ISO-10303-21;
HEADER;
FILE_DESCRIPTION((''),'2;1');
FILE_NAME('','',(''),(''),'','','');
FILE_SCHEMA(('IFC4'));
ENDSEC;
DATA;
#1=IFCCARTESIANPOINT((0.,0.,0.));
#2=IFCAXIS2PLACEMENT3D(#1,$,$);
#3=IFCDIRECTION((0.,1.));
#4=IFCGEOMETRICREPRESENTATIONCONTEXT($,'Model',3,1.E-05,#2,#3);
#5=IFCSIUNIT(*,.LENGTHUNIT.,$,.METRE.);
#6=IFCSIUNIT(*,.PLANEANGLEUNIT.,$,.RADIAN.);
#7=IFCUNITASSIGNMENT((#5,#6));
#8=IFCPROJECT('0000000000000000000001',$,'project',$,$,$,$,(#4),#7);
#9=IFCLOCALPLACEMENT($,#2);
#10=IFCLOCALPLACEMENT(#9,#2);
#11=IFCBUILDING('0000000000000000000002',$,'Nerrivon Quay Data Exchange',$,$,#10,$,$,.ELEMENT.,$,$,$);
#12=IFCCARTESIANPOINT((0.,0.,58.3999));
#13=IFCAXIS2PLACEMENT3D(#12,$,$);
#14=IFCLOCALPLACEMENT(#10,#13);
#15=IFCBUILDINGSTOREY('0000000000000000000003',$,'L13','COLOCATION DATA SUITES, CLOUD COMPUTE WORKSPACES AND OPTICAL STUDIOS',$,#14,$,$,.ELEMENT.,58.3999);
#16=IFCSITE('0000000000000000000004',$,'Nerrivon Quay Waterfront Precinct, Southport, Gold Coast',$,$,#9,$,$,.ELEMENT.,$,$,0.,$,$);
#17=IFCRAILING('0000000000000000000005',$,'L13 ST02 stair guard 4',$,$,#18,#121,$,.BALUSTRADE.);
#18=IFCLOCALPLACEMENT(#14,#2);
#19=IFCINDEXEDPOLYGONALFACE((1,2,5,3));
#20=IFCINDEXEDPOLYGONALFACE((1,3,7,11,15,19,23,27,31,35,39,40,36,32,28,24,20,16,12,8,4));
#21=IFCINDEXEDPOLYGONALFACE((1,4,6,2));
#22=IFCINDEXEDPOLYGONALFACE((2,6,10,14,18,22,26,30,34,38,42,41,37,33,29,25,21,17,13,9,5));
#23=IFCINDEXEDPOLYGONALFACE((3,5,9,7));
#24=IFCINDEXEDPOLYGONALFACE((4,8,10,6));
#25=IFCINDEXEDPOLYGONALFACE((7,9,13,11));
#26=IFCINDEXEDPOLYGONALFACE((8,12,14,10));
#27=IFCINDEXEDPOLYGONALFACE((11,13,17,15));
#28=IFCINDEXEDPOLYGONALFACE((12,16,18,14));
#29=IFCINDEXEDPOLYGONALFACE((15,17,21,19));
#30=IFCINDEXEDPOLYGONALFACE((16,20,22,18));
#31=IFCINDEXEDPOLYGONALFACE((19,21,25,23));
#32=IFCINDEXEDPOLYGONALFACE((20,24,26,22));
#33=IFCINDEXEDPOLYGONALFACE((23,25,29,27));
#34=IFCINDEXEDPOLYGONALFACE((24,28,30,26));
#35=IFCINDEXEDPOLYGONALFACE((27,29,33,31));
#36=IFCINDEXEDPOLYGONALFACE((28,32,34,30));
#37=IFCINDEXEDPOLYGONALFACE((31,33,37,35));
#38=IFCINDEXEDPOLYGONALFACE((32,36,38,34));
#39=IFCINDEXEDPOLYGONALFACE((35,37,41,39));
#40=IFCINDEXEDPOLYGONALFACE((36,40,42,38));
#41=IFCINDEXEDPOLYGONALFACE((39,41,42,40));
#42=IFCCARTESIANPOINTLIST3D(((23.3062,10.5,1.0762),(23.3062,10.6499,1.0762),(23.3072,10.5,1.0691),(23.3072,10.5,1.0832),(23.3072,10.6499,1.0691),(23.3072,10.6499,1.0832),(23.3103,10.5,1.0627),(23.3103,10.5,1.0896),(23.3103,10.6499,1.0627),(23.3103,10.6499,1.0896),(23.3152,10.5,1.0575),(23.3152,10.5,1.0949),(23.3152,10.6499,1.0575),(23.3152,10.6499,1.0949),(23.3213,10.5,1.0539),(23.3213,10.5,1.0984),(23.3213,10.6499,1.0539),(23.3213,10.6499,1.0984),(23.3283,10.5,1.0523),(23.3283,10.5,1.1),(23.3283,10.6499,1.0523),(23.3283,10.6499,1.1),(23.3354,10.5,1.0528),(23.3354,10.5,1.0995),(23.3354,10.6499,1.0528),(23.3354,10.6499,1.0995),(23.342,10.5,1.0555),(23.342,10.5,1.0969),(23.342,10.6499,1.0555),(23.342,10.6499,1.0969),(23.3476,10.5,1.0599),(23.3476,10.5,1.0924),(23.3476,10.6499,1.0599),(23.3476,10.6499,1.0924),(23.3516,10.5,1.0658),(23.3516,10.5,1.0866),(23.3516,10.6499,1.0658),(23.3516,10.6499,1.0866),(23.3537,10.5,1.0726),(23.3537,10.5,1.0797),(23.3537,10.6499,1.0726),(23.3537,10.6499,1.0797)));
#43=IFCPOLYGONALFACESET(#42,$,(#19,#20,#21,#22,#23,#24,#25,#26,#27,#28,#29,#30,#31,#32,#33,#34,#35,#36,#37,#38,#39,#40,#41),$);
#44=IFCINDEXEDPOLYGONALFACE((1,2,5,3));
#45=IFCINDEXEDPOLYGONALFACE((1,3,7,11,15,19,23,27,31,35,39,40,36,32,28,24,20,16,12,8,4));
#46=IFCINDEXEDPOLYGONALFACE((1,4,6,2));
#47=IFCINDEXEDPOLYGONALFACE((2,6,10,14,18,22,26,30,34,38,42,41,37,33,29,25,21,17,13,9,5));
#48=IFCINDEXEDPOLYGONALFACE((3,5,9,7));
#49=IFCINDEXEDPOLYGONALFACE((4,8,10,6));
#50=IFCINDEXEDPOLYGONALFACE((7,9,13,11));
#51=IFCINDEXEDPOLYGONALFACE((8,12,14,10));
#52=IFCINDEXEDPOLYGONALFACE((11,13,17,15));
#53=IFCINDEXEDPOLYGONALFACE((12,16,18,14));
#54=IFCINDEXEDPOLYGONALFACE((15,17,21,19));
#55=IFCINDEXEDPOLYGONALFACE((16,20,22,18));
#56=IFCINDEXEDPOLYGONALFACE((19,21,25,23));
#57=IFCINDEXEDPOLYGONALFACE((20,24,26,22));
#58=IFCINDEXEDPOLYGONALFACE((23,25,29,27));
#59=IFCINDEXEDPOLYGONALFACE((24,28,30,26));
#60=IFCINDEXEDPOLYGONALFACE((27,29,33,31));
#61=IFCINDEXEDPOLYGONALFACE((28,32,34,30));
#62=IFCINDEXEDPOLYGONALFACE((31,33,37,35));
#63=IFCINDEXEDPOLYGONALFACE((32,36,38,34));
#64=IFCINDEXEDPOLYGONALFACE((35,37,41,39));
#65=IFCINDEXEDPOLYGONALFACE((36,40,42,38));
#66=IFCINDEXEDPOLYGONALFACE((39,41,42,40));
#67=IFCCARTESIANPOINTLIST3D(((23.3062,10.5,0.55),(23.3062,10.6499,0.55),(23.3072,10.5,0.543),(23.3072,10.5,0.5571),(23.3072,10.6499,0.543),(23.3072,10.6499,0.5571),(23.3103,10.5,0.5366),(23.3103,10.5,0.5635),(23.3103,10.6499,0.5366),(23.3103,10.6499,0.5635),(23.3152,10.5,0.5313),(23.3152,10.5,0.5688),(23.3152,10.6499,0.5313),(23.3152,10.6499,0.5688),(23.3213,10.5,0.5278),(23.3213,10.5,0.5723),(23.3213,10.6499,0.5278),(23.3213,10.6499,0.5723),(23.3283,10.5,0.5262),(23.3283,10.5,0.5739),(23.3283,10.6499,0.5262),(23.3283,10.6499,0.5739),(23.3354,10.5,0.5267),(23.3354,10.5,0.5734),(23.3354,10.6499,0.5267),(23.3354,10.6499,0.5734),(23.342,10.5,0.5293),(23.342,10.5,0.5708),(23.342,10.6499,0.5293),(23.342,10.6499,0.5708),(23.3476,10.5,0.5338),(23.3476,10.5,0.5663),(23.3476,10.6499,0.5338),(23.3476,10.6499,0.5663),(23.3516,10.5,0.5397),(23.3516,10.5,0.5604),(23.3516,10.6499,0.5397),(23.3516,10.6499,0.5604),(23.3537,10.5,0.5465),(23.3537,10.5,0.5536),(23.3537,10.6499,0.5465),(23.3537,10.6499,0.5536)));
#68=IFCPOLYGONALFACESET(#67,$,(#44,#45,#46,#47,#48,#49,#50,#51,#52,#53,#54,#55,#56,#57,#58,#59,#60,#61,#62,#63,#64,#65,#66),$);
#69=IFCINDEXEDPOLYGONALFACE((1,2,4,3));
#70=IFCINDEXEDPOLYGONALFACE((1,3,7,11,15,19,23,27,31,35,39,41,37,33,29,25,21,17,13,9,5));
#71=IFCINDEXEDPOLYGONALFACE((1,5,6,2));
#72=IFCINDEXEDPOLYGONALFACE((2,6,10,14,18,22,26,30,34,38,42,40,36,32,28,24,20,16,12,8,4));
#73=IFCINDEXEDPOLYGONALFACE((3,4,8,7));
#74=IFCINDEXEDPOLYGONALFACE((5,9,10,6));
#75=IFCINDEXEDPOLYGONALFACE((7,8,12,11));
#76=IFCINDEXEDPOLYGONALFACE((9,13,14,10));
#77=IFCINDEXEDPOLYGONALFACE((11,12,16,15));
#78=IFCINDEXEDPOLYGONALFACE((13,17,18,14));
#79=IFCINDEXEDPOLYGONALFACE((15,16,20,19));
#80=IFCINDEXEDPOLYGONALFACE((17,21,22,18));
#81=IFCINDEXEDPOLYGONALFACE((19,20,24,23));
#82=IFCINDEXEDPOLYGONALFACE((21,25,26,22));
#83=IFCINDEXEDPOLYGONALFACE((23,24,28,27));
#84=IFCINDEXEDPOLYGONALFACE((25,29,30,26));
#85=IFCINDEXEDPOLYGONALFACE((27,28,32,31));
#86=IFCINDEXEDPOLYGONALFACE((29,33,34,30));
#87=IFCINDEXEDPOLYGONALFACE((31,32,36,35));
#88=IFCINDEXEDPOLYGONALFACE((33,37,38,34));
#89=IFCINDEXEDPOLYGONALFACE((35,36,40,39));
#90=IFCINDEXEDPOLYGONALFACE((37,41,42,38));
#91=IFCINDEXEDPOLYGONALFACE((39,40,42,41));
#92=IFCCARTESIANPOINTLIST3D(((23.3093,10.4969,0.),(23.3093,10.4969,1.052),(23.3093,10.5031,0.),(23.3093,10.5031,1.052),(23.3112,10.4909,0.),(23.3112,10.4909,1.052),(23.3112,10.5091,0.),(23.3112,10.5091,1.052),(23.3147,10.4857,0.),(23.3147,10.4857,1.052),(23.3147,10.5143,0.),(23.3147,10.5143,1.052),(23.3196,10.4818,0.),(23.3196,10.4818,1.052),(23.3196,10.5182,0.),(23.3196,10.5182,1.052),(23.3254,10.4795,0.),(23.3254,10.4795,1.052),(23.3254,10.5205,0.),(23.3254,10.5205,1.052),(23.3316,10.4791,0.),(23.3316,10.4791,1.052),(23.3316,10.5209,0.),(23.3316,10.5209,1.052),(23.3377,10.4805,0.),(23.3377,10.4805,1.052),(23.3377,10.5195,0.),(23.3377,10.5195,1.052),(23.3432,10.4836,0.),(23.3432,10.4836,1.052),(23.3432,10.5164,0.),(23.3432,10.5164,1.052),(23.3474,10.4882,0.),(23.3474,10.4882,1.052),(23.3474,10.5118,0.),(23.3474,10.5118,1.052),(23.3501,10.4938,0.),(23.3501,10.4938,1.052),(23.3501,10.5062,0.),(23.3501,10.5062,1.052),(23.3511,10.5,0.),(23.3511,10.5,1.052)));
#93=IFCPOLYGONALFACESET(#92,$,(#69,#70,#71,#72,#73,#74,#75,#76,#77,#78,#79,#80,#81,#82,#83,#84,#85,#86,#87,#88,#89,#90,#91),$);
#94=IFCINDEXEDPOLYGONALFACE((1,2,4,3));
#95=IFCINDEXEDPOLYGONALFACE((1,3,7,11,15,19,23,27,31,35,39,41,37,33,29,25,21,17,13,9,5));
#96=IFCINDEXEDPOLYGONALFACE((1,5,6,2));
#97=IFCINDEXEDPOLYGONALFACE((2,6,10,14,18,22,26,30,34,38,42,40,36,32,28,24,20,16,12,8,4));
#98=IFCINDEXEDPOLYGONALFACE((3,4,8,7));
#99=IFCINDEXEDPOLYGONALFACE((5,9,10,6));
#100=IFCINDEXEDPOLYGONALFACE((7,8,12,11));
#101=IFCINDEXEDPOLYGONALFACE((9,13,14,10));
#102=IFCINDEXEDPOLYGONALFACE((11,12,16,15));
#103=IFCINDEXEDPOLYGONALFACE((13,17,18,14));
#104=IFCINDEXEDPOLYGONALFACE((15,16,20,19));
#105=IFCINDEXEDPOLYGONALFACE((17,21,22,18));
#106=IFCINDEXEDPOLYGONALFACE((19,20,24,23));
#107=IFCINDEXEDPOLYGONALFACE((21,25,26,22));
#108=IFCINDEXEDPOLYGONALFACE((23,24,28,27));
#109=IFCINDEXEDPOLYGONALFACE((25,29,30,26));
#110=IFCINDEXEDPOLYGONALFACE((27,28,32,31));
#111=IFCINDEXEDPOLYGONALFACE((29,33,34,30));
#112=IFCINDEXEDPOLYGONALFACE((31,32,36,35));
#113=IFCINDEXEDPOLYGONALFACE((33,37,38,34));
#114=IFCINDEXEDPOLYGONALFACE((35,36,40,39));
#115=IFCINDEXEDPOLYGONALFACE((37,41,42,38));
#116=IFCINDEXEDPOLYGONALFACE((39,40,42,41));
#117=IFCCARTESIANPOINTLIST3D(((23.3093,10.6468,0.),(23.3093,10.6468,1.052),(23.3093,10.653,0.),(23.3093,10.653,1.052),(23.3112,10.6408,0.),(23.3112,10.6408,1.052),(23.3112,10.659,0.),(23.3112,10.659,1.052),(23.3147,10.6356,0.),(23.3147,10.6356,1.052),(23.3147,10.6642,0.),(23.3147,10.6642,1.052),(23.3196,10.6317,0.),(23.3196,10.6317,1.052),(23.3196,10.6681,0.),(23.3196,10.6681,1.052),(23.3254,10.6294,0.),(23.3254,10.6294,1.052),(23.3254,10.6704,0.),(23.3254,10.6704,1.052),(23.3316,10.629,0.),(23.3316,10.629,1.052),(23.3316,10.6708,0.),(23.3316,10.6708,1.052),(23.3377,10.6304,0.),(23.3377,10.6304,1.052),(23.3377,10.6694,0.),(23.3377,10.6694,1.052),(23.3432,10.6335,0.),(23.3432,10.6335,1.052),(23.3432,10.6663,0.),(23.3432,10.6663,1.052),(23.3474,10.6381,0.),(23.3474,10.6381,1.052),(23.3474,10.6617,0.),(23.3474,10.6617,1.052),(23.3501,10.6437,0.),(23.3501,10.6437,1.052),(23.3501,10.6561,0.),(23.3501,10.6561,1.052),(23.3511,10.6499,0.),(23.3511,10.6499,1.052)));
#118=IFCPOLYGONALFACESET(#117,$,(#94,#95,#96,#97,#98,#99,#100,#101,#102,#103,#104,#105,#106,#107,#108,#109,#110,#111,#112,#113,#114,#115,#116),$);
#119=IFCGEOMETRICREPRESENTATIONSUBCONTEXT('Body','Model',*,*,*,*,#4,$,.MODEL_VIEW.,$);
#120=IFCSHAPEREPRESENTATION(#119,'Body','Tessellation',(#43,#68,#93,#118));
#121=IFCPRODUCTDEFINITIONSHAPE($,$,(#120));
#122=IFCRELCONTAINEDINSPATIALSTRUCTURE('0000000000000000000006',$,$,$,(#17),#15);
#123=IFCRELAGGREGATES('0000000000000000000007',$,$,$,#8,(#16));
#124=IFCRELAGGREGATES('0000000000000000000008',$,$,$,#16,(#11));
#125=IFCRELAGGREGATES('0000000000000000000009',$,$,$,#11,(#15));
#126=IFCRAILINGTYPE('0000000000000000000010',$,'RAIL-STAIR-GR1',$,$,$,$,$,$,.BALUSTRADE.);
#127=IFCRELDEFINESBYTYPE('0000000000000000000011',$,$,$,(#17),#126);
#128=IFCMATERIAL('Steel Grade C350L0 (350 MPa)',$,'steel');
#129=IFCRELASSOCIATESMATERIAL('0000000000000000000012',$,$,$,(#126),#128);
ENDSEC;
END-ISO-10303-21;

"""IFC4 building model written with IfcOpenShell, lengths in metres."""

from ifc_helpers import new_model, si_unit, direction, frame, origin, origin_2d, place, context, subcontext, project, spatial, circle, extrude, material, type_object, element, save


model = new_model("IFC4")

# Units and contexts
model_context = context("Model", 3, precision=1e-05, world=origin(), true_north=direction((0.0, 1.0)))
body_context = subcontext(model_context, "Body", "Model", "MODEL_VIEW")
ifc_project = project(units=[si_unit("LENGTHUNIT", "METRE"), si_unit("PLANEANGLEUNIT", "RADIAN")], contexts=[model_context])

# Site, building, storey
site_placement = place(None, origin())
site = spatial("IfcSite", under=ifc_project, at=site_placement, Name="Nerrivon Quay Waterfront Precinct, Southport, Gold Coast", CompositionType="ELEMENT", RefElevation=0.0)
building_placement = place(site_placement, origin())
building = spatial("IfcBuilding", under=site, at=building_placement, Name="Nerrivon Quay Data Exchange", CompositionType="ELEMENT")
storey_placement = place(building_placement, frame((0.0, 0.0, 58.3999)))
storey = spatial("IfcBuildingStorey", under=building, at=storey_placement, Name="L13", Description="COLOCATION DATA SUITES, CLOUD COMPUTE WORKSPACES AND OPTICAL STUDIOS", CompositionType="ELEMENT", Elevation=58.3999)

# Railing
ifc_material_1 = material(Name="Steel Grade C350L0 (350 MPa)", Category="steel")
railing_type_1 = type_object("IfcRailingType", Name="RAIL-STAIR-GR1", PredefinedType="BALUSTRADE", material=ifc_material_1)
railing_1_placement = place(storey_placement, frame((23.3301, 10.5, 0.0)))
element("IfcRailing", 1, at=railing_1_placement, inside=storey, type_object=railing_type_1, Name="L13 ST02 stair guard 4", PredefinedType="BALUSTRADE", context=body_context, shape_type="SweptSolid", body=[
    extrude(circle(Radius=0.0239, at=origin_2d()), frame((0.0, 0.0, 1.0762), z_axis=(0.0, 1.0, 0.0), x_axis=(-1.0, 0.0, 0.0)), (0.0, 0.0, 1.0), 0.1499),
    extrude(circle(Radius=0.0239, at=origin_2d()), frame((0.0, 0.0, 0.55), z_axis=(0.0, 1.0, 0.0), x_axis=(-1.0, 0.0, 0.0)), (0.0, 0.0, 1.0), 0.1499),
    extrude(circle(Radius=0.021, at=origin_2d()), origin(), (0.0, 0.0, 1.0), 1.052),
    extrude(circle(Radius=0.021, at=origin_2d()), frame((0.0, 0.1499, 0.0)), (0.0, 0.0, 1.0), 1.052),
])

save(model, "model.ifc")
